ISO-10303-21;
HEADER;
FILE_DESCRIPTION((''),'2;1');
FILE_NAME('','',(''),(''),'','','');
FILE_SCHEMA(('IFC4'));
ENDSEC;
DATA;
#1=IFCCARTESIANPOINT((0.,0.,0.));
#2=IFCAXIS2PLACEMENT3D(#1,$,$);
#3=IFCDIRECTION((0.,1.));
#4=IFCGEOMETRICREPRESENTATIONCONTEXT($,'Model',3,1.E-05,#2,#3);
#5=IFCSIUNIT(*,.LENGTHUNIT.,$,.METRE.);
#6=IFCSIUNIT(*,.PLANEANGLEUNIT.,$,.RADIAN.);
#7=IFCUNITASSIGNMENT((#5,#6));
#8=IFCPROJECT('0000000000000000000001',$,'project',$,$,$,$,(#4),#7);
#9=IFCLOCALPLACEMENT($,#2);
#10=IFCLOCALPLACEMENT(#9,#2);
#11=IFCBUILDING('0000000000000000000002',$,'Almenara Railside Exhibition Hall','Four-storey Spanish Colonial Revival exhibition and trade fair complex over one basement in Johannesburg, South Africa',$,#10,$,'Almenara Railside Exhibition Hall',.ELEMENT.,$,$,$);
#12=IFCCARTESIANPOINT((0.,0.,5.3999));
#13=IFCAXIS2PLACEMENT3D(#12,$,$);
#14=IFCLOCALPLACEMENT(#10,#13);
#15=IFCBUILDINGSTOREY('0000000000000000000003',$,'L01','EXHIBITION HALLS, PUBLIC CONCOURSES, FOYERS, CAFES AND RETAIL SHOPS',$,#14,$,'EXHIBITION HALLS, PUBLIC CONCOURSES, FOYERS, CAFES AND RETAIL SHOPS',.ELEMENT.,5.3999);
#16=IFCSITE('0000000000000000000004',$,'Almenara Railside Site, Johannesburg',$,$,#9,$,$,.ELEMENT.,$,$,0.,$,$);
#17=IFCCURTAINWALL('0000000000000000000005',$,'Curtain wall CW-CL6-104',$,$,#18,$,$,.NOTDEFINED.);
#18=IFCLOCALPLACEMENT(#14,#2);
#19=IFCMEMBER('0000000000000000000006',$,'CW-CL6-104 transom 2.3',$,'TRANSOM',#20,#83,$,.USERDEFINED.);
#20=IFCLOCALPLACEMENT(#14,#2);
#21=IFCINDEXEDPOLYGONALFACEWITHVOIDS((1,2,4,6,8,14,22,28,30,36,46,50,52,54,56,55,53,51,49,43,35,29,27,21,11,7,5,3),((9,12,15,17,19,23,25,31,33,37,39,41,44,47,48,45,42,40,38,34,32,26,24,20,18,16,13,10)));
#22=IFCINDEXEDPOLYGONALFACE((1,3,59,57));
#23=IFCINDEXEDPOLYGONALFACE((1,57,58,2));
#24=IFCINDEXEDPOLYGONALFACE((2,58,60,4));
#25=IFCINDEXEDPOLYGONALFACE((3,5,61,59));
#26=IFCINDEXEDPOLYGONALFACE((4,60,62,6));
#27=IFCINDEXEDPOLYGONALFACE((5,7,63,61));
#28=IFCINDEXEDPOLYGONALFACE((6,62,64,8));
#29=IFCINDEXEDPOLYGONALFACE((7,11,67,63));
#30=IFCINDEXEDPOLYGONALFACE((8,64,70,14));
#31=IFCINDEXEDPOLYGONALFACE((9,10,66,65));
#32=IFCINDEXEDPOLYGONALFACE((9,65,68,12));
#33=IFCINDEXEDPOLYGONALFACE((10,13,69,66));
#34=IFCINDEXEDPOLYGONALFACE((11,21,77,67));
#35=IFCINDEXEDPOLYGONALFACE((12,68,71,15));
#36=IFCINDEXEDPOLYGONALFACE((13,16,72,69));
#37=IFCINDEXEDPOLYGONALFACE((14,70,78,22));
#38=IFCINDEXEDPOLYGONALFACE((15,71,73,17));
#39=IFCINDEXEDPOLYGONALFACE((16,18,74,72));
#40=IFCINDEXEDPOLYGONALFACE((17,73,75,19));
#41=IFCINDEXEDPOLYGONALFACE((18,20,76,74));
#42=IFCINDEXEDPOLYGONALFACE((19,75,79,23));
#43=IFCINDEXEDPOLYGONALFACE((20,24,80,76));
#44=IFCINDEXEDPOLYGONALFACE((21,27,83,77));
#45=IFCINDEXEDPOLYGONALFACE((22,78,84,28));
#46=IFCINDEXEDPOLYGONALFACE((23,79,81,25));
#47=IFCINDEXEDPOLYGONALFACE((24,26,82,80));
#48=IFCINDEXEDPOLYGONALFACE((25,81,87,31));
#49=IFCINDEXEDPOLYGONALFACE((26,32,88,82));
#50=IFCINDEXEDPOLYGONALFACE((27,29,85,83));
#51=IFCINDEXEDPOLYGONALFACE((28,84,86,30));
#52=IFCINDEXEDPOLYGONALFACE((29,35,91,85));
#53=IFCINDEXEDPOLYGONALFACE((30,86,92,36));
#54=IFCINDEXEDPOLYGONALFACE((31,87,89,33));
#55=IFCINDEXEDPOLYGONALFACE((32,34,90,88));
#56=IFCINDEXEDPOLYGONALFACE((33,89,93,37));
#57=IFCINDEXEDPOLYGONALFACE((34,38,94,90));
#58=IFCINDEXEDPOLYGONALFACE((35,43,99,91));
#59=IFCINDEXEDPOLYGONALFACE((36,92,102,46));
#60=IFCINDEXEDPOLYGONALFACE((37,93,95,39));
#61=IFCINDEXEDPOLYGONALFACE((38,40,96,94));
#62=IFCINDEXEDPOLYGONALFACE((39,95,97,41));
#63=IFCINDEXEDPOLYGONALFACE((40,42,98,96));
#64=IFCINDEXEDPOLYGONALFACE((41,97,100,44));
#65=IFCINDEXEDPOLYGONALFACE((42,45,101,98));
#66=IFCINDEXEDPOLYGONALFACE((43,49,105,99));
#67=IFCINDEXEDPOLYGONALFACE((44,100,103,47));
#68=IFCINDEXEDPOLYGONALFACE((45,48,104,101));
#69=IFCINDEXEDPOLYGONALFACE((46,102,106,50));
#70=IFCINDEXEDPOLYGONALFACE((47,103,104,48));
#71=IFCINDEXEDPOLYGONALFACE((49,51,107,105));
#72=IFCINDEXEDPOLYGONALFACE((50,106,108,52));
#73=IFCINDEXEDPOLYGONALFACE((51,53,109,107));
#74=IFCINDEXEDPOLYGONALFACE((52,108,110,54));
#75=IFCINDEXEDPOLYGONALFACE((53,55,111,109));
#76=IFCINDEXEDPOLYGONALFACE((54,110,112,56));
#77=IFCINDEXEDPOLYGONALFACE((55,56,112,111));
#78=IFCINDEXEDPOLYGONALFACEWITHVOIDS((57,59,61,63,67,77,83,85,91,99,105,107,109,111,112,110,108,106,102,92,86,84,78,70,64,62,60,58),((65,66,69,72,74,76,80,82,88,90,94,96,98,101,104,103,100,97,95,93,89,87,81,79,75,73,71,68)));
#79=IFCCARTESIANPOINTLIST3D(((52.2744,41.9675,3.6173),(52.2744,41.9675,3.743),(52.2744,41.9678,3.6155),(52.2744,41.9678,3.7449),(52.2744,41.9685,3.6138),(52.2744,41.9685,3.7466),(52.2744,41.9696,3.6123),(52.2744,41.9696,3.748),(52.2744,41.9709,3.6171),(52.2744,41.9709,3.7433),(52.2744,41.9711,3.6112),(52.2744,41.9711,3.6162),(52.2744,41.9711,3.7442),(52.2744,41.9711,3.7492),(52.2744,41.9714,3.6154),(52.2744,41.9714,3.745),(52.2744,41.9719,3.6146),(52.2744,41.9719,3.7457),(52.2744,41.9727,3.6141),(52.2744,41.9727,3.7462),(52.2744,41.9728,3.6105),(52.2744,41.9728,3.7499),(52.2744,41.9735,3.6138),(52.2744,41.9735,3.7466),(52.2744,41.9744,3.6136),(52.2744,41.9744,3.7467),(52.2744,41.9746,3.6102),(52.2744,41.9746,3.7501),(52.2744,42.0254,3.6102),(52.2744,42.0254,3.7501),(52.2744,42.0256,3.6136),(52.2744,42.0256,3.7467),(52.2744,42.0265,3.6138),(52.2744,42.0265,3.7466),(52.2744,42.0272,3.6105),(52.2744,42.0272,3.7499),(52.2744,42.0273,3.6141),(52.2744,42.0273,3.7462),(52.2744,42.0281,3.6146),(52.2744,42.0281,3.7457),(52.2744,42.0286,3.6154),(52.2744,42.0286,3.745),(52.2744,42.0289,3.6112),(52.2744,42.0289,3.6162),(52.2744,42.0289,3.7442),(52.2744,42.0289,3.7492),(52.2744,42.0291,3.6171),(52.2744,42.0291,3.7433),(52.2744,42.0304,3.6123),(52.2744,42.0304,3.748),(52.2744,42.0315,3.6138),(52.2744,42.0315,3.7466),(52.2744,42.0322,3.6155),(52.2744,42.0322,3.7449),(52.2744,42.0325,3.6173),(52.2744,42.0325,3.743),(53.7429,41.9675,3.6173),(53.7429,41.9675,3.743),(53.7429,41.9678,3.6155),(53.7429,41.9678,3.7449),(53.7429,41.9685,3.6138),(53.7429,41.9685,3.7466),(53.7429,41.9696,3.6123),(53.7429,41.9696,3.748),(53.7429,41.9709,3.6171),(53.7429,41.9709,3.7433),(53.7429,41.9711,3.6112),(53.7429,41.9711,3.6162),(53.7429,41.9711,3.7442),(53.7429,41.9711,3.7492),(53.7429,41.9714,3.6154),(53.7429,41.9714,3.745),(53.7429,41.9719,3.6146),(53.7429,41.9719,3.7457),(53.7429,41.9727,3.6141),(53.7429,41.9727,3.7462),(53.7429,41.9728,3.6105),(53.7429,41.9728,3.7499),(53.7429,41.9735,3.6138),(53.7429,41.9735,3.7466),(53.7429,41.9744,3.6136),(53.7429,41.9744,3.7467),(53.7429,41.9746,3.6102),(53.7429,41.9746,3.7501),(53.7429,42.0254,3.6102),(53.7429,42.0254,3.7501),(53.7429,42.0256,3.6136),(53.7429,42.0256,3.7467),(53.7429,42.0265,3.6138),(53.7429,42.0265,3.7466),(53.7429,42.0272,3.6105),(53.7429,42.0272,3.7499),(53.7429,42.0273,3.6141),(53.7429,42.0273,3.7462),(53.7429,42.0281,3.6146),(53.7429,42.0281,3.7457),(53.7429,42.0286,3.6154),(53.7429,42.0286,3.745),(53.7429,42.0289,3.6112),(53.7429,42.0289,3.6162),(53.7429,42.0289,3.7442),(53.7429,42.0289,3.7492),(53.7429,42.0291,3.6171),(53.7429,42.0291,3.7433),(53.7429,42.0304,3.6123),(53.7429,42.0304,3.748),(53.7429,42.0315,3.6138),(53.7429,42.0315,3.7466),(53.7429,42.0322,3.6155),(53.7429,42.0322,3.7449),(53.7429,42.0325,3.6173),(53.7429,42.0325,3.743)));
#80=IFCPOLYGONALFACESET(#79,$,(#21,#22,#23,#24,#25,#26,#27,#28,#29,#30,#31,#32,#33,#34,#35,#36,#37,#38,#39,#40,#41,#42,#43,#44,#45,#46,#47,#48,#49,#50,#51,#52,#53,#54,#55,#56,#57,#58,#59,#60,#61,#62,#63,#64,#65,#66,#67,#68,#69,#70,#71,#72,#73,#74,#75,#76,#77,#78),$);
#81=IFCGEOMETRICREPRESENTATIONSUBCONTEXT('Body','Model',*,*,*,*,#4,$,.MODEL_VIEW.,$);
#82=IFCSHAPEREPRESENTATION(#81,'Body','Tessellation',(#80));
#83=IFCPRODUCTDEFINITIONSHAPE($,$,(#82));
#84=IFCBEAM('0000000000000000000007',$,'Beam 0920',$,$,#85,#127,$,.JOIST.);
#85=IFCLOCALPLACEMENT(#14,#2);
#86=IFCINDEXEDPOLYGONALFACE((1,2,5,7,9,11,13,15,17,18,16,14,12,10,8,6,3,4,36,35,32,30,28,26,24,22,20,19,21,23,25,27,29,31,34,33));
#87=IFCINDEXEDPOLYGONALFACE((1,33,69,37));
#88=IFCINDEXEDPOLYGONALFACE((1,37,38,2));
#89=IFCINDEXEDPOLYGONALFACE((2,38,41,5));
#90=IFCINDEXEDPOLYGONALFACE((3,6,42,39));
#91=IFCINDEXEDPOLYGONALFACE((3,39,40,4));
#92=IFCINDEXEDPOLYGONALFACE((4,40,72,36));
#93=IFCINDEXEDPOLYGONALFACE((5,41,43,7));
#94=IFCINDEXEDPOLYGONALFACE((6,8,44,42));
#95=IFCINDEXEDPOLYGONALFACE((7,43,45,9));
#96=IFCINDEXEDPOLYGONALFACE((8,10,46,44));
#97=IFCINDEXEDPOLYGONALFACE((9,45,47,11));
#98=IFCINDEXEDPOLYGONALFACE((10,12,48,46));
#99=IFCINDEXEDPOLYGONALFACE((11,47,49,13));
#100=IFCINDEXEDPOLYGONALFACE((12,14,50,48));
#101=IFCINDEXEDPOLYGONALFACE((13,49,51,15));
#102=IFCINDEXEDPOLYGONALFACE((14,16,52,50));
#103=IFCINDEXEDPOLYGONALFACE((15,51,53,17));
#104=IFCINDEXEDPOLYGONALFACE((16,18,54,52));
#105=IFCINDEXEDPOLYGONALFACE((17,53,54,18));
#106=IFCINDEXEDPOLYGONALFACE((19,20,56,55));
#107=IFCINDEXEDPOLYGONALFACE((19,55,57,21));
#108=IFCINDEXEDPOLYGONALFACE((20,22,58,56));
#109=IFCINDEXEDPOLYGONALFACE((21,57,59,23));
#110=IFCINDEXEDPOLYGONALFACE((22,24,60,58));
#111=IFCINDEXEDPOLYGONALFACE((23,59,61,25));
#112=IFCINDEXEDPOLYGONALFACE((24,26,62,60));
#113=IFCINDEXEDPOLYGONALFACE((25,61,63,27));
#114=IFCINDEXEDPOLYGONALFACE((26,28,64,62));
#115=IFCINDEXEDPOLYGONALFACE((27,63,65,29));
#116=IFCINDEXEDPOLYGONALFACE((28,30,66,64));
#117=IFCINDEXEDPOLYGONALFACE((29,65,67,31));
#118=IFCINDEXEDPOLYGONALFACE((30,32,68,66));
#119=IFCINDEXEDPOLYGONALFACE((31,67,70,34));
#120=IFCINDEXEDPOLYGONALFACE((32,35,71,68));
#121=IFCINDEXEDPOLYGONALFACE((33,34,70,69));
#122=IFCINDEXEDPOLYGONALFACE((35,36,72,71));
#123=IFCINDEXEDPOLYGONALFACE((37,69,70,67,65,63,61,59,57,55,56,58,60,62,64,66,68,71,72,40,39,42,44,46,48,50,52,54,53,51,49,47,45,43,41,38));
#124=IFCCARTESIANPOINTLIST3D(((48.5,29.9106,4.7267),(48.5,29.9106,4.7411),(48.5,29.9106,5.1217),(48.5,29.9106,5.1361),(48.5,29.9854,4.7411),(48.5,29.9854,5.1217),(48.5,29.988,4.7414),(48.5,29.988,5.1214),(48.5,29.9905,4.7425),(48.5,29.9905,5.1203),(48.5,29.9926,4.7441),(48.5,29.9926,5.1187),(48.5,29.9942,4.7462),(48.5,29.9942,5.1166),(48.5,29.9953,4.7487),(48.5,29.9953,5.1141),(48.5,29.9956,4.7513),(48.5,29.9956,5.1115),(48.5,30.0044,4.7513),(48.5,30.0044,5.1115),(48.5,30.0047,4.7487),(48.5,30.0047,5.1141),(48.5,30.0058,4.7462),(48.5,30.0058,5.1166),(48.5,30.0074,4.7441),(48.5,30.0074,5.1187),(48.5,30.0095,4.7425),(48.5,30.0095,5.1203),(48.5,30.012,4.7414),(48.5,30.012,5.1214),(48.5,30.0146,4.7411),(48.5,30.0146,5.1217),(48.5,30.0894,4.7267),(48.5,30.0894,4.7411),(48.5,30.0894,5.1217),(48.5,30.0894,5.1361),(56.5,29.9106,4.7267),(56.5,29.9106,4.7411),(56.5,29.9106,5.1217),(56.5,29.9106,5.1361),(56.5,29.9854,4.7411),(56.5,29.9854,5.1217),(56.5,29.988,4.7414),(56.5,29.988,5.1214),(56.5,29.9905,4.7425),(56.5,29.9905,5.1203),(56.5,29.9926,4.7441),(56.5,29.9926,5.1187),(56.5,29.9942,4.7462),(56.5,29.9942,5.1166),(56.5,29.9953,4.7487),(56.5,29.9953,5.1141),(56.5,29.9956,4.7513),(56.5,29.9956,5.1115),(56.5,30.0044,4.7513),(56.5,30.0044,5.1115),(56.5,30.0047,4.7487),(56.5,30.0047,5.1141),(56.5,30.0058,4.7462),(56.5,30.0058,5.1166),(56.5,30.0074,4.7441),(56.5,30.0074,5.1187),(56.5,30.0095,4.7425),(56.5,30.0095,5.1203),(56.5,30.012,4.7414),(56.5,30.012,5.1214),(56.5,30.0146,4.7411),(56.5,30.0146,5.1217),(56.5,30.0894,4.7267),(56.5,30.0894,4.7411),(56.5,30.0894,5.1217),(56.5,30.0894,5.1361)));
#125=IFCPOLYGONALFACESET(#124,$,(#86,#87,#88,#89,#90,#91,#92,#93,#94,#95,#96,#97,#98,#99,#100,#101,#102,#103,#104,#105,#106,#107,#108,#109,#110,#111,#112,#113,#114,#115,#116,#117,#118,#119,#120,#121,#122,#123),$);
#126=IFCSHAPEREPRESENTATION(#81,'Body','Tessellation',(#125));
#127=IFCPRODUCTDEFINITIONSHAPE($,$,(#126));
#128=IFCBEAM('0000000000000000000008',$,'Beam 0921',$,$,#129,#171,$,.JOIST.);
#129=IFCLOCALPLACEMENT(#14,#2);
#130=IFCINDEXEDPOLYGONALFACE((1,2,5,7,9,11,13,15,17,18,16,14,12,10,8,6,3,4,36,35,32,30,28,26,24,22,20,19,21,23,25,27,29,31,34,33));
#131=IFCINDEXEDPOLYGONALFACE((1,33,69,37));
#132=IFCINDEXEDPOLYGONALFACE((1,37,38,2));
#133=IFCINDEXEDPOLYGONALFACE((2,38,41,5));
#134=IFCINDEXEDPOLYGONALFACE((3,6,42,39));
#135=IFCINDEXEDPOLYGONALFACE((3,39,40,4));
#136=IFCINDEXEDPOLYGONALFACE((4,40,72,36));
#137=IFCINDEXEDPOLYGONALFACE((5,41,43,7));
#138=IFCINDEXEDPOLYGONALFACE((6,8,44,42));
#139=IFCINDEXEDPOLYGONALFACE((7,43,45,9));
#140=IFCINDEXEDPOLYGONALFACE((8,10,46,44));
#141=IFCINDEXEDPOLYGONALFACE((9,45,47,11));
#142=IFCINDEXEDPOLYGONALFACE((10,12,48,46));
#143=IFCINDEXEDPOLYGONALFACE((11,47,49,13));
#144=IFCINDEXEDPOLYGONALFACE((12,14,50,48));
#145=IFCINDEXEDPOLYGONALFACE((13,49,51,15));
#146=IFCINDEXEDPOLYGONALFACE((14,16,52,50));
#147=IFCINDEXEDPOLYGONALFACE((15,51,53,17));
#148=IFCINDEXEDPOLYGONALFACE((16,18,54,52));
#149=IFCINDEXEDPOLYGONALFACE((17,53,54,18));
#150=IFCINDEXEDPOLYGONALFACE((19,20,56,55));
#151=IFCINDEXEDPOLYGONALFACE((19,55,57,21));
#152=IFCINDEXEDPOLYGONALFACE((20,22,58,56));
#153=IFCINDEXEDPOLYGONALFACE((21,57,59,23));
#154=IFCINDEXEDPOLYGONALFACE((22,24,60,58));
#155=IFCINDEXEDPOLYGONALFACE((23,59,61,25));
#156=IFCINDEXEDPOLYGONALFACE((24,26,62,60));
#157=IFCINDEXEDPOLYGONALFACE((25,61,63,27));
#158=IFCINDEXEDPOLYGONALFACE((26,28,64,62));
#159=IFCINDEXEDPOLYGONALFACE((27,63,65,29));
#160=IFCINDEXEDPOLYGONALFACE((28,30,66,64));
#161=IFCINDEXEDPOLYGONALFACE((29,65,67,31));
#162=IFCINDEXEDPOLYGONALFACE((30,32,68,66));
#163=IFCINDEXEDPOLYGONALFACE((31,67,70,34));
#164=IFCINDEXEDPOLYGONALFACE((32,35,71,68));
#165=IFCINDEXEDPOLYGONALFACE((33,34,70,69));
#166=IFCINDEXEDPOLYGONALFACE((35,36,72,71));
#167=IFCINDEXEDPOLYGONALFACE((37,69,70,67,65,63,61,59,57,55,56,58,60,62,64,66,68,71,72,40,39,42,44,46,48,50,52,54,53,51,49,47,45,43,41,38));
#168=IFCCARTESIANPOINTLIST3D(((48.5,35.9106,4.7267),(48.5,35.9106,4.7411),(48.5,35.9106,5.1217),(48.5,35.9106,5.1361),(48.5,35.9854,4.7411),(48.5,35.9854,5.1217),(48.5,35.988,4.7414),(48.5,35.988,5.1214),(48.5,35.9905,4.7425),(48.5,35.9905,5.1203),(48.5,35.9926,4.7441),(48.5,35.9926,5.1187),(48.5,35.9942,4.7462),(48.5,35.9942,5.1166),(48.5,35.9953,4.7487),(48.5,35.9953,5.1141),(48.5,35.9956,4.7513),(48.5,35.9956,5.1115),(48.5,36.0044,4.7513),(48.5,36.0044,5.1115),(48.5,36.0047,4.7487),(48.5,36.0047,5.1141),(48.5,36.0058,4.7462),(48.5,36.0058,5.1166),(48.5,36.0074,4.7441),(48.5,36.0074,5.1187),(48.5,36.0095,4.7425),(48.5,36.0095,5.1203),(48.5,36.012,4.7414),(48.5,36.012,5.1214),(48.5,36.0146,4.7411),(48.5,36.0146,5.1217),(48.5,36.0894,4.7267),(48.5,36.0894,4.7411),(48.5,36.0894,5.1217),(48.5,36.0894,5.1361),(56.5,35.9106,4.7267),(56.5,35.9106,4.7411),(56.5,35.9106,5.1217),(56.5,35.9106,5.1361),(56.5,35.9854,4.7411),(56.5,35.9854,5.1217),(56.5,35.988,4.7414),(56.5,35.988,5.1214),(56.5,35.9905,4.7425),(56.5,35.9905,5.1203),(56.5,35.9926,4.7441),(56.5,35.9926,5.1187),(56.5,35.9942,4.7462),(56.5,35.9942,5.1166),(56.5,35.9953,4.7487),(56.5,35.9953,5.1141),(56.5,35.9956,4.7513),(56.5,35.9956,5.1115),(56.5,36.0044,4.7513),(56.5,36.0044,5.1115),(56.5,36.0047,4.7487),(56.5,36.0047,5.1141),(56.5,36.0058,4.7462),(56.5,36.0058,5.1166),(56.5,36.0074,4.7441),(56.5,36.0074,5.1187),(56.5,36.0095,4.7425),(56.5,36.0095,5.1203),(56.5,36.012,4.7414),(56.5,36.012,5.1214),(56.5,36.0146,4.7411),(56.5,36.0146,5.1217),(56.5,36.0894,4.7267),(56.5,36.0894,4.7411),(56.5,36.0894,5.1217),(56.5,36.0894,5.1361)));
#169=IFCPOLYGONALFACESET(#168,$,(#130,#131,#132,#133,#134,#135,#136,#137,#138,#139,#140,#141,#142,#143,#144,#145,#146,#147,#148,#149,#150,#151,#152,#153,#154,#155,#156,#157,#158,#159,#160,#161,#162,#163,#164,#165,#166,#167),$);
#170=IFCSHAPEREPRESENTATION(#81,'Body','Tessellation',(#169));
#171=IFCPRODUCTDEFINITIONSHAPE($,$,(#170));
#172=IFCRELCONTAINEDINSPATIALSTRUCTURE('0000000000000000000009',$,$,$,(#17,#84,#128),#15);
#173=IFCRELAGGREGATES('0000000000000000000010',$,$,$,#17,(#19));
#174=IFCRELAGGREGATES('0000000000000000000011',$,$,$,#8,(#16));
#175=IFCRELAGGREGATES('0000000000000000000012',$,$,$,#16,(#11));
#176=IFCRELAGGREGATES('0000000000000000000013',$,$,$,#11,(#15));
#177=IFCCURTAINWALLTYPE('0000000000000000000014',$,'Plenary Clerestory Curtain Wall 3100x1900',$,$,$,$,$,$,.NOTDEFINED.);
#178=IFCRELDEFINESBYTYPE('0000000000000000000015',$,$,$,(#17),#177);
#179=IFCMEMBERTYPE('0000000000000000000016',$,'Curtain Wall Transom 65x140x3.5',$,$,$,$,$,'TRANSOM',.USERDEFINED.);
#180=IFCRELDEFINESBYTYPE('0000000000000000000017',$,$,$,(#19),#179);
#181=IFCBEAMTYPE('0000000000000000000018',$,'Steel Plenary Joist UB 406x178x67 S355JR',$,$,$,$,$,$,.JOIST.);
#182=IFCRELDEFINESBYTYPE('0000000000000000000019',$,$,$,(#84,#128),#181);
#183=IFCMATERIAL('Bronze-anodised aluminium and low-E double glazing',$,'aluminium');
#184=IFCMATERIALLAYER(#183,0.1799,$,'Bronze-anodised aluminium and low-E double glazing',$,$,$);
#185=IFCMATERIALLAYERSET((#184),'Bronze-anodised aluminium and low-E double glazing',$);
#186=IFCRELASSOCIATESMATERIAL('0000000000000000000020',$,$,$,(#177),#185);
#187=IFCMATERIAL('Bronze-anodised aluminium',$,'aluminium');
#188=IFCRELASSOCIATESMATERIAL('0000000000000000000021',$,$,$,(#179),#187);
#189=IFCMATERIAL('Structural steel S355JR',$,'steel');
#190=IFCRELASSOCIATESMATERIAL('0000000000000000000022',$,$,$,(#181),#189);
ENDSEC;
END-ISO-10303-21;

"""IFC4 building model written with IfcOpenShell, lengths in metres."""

from ifc_helpers import new_model, si_unit, direction, frame, origin, origin_2d, place, context, subcontext, project, spatial, hollow_rectangle, i_section, extrude, material, layer, layer_set, material_profile, profile_set, type_object, element, aggregate, save


model = new_model("IFC4")

# Units and contexts
model_context = context("Model", 3, precision=1e-05, world=origin(), true_north=direction((0.0, 1.0)))
body_context = subcontext(model_context, "Body", "Model", "MODEL_VIEW")
ifc_project = project(units=[si_unit("LENGTHUNIT", "METRE"), si_unit("PLANEANGLEUNIT", "RADIAN")], contexts=[model_context])

# Site, building, storey
site_placement = place(None, origin())
site = spatial("IfcSite", under=ifc_project, at=site_placement, Name="Almenara Railside Site, Johannesburg", CompositionType="ELEMENT", RefElevation=0.0)
building_placement = place(site_placement, origin())
building = spatial("IfcBuilding", under=site, at=building_placement, Name="Almenara Railside Exhibition Hall", Description="Four-storey Spanish Colonial Revival exhibition and trade fair complex over one basement in Johannesburg, South Africa", LongName="Almenara Railside Exhibition Hall", CompositionType="ELEMENT")
storey_placement = place(building_placement, frame((0.0, 0.0, 5.3999)))
storey = spatial("IfcBuildingStorey", under=building, at=storey_placement, Name="L01", Description="EXHIBITION HALLS, PUBLIC CONCOURSES, FOYERS, CAFES AND RETAIL SHOPS", LongName="EXHIBITION HALLS, PUBLIC CONCOURSES, FOYERS, CAFES AND RETAIL SHOPS", CompositionType="ELEMENT", Elevation=5.3999)

# Shared definitions
ifc_material_1 = material(Name="Bronze-anodised aluminium and low-E double glazing", Category="aluminium")
ifc_material_2 = material(Name="Bronze-anodised aluminium", Category="aluminium")

# Curtain wall, member
ifc_layer_1 = layer(ifc_material_1, 0.1799, Name="Bronze-anodised aluminium and low-E double glazing")
ifc_layer_set_1 = layer_set([ifc_layer_1], Name="Bronze-anodised aluminium and low-E double glazing")
curtain_wall_type_1 = type_object("IfcCurtainWallType", Name="Plenary Clerestory Curtain Wall 3100x1900", PredefinedType="NOTDEFINED", material=ifc_layer_set_1)
curtain_wall_1_placement = place(storey_placement, origin())
curtain_wall_1 = element("IfcCurtainWall", 1, at=curtain_wall_1_placement, inside=storey, type_object=curtain_wall_type_1, Name="Curtain wall CW-CL6-104", PredefinedType="NOTDEFINED")
ifc_material_profile_1 = material_profile(ifc_material_2, hollow_rectangle(XDim=0.0649, YDim=0.1399, WallThickness=0.0034, InnerFilletRadius=0.0034, OuterFilletRadius=0.0071, at=origin_2d()), Name="ALU-TRN 65x140x3.5")
ifc_profile_set_1 = profile_set([ifc_material_profile_1], Name="Bronze-anodised aluminium")
member_type_1 = type_object("IfcMemberType", Name="Curtain Wall Transom 65x140x3.5", ElementType="TRANSOM", PredefinedType="USERDEFINED", material=ifc_profile_set_1)
member_1_placement = place(storey_placement, frame((52.2744, 42.0, 3.6802), z_axis=(1.0, 0.0, 0.0), x_axis=(0.0, 1.0, 0.0)))
member_1 = element("IfcMember", 2, at=member_1_placement, type_object=member_type_1, Name="CW-CL6-104 transom 2.3", ObjectType="TRANSOM", PredefinedType="USERDEFINED", context=body_context, shape_type="SweptSolid", body=[
    extrude(hollow_rectangle(XDim=0.0649, YDim=0.1399, WallThickness=0.0034, InnerFilletRadius=0.0034, OuterFilletRadius=0.0071, at=origin_2d()), origin(), (0.0, 0.0, 1.0), 1.4685),
])

# Beams
ifc_material_3 = material(Name="Structural steel S355JR", Category="steel")
ifc_material_profile_2 = material_profile(ifc_material_3, i_section(OverallWidth=0.1787, OverallDepth=0.4094, WebThickness=0.0088, FlangeThickness=0.0144, FilletRadius=0.0103, at=origin_2d()), Name="UB 406x178x67")
ifc_profile_set_2 = profile_set([ifc_material_profile_2], Name="Structural steel S355JR")
beam_type = type_object("IfcBeamType", Name="Steel Plenary Joist UB 406x178x67 S355JR", PredefinedType="JOIST", material=ifc_profile_set_2)
for number, where, z_axis, x_axis, name in (
    (3, (48.5, 30.0, 4.9314), (1.0, 0.0, 0.0), (0.0, 1.0, 0.0), "Beam 0920"),
    (4, (48.5, 36.0, 4.9314), (1.0, 0.0, 0.0), (0.0, 1.0, 0.0), "Beam 0921"),
):
    element("IfcBeam", number, at=place(storey_placement, frame(where, z_axis=z_axis, x_axis=x_axis)), inside=storey, type_object=beam_type, Name=name, PredefinedType="JOIST", context=body_context, shape_type="SweptSolid", body=[
        extrude(i_section(OverallWidth=0.1787, OverallDepth=0.4094, WebThickness=0.0088, FlangeThickness=0.0144, FilletRadius=0.0103, at=origin_2d()), origin(), (0.0, 0.0, 1.0), 8.0),
    ])

aggregate(curtain_wall_1, [member_1])

save(model, "model.ifc")
